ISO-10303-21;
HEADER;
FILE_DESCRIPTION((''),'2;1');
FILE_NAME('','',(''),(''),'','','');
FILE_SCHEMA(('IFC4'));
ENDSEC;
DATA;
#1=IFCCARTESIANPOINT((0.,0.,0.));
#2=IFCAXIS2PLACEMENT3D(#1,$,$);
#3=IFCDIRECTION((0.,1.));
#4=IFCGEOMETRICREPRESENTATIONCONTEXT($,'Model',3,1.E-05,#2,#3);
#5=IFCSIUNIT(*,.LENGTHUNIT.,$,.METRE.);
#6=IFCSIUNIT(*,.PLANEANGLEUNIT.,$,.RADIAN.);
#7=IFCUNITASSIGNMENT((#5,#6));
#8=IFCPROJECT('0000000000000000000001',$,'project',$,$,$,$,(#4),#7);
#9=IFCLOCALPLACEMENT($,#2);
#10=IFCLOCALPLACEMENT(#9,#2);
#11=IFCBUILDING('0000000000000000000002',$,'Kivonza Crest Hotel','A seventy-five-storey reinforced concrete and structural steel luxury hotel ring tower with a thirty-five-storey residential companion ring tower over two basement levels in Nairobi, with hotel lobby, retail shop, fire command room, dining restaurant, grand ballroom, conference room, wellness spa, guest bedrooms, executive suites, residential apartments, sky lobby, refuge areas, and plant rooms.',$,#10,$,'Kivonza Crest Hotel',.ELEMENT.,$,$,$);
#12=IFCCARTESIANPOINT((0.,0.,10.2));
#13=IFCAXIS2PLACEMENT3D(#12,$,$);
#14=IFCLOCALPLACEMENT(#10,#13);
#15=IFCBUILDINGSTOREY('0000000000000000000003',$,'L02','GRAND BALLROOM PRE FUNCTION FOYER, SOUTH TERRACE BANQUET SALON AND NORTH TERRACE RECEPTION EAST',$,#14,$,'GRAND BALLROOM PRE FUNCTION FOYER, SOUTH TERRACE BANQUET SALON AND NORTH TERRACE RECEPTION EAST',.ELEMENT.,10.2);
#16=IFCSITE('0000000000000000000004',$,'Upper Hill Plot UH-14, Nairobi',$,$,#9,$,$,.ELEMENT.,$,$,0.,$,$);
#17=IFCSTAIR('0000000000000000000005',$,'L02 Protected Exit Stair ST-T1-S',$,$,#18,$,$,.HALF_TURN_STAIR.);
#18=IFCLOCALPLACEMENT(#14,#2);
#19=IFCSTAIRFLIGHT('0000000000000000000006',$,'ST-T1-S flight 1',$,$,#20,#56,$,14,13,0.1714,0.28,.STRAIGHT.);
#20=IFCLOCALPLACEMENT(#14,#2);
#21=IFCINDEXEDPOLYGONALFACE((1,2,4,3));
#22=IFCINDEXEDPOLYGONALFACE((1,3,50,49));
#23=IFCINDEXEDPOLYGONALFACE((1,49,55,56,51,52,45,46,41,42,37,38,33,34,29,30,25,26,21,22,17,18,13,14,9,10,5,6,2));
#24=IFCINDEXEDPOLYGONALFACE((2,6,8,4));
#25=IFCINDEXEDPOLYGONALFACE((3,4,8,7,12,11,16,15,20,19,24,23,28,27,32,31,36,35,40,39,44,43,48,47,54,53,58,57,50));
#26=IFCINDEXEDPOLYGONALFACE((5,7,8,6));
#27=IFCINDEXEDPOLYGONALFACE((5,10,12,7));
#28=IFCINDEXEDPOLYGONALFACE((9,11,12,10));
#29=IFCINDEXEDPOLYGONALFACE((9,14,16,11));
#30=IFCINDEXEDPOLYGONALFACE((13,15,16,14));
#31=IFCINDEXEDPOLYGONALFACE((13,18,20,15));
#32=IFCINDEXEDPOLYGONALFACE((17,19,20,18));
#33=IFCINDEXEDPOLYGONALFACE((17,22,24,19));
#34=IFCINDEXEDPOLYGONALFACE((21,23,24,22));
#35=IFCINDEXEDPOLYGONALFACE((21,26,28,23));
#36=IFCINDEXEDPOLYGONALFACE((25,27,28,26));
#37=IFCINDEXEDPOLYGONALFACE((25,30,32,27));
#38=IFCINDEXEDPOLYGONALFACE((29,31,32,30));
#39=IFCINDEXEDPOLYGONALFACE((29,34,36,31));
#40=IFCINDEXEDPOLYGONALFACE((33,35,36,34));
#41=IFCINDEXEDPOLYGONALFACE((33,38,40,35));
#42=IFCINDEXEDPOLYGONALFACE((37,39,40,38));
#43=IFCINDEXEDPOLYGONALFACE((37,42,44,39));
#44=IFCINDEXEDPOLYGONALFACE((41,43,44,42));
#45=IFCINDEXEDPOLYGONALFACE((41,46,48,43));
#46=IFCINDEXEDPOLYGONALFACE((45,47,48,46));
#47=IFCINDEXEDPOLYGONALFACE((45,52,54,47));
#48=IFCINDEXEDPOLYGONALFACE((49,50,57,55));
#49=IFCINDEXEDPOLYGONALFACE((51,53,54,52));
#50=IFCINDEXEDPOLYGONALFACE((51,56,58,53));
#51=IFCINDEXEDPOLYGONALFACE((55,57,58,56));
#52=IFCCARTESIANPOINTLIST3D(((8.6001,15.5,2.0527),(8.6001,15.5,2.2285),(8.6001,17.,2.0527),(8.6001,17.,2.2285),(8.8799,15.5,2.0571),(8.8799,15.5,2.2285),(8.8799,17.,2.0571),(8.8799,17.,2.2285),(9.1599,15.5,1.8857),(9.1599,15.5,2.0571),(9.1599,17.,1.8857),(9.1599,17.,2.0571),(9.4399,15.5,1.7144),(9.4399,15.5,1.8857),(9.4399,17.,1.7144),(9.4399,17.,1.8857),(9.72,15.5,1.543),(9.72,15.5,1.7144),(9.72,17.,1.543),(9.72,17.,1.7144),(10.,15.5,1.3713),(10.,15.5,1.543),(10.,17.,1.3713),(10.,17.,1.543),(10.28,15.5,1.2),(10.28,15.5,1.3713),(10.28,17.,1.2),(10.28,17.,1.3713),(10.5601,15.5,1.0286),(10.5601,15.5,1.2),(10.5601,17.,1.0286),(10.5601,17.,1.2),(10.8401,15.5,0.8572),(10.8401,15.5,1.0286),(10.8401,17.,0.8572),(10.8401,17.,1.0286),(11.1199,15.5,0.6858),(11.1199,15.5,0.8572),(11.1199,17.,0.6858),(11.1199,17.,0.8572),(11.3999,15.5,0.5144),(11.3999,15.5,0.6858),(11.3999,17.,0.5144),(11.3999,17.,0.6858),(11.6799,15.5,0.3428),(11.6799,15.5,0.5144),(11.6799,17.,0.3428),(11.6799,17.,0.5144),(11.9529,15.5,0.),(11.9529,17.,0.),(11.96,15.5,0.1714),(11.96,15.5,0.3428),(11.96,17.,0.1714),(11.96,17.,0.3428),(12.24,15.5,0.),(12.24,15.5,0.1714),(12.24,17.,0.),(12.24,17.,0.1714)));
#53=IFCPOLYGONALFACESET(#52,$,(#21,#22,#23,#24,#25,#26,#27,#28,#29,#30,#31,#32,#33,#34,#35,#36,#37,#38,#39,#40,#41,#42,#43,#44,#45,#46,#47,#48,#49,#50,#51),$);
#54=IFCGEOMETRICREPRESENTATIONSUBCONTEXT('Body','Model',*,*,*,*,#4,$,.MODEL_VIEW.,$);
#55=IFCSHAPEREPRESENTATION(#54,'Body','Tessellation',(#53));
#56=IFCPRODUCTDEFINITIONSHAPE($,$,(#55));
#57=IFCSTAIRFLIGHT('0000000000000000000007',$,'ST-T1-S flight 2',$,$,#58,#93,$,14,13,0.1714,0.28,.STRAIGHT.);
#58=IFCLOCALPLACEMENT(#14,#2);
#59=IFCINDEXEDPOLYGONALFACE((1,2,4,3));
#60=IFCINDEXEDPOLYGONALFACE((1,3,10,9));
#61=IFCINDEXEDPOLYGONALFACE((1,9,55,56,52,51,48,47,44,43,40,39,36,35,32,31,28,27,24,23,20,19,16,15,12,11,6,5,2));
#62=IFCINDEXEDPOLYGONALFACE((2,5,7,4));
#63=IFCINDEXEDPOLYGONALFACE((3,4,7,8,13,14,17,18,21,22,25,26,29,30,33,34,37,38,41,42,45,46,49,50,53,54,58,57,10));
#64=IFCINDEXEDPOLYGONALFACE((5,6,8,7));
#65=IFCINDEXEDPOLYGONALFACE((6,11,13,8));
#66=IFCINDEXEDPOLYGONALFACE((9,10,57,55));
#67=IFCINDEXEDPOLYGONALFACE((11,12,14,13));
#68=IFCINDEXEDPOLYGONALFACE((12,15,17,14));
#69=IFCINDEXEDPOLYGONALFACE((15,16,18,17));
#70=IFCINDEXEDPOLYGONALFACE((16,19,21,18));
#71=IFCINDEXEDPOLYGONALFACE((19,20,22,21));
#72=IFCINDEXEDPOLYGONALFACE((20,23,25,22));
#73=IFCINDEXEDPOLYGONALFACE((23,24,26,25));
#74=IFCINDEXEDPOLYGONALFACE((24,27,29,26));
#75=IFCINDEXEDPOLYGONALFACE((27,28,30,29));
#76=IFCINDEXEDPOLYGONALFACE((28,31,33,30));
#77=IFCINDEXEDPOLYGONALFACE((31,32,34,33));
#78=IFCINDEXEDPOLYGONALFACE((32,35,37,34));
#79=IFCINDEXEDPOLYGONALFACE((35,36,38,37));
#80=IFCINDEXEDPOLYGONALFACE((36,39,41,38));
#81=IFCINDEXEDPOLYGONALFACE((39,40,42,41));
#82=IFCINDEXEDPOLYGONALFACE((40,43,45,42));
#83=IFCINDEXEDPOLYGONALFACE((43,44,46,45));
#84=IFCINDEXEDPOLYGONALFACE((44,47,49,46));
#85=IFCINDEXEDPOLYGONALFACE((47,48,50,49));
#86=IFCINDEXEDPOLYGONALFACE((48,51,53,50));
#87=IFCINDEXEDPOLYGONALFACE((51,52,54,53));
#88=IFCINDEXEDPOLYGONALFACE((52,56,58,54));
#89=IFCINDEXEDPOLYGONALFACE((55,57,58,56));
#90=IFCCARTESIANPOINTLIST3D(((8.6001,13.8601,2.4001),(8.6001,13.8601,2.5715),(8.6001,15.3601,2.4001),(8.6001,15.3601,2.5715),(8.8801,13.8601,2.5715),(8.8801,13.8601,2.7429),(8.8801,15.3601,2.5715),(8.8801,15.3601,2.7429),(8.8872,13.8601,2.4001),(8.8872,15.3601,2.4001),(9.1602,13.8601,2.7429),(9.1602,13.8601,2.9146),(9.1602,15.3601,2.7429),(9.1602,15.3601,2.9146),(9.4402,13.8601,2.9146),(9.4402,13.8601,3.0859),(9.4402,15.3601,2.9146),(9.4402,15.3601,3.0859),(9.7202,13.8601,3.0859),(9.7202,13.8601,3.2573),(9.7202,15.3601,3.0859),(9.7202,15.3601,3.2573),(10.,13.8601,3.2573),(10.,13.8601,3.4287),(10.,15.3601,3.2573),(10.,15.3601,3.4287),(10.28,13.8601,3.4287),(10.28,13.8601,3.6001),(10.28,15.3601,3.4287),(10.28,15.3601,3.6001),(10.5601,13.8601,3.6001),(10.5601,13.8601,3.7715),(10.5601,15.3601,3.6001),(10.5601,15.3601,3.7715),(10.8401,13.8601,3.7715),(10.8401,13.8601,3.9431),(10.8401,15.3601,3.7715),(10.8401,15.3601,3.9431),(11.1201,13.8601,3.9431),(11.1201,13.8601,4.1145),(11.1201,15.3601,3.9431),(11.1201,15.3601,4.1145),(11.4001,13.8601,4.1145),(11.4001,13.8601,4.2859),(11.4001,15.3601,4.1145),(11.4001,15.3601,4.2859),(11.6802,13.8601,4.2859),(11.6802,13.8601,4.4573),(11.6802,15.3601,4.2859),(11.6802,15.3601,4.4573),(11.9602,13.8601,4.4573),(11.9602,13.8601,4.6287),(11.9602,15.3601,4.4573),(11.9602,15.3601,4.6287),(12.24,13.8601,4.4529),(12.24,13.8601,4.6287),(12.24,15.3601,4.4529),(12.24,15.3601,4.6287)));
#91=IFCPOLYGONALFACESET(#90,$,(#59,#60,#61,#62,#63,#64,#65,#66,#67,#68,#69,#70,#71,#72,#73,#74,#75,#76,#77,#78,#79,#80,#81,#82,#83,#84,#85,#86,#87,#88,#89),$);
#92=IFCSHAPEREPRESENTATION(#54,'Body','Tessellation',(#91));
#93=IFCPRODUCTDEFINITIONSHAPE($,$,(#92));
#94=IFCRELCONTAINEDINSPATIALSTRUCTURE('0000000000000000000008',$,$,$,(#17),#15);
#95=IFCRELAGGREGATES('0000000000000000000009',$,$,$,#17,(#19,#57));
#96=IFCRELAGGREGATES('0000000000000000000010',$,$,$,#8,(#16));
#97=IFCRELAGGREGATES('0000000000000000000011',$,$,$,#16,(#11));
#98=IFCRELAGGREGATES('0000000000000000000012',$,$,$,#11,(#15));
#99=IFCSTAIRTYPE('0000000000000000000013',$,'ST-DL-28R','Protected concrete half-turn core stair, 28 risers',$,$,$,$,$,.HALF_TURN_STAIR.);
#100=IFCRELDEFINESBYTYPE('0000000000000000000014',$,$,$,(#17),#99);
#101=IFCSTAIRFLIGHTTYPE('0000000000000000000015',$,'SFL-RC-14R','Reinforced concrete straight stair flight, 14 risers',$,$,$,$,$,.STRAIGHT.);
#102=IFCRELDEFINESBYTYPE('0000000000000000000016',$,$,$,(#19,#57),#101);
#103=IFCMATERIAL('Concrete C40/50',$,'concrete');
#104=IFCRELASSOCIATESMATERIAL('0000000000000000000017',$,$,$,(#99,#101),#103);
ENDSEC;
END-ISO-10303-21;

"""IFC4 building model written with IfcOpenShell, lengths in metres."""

from ifc_helpers import new_model, si_unit, direction, frame, origin, place, context, subcontext, project, spatial, polyline, outline, extrude, material, type_object, element, aggregate, save


model = new_model("IFC4")

# Units and contexts
model_context = context("Model", 3, precision=1e-05, world=origin(), true_north=direction((0.0, 1.0)))
body_context = subcontext(model_context, "Body", "Model", "MODEL_VIEW")
ifc_project = project(units=[si_unit("LENGTHUNIT", "METRE"), si_unit("PLANEANGLEUNIT", "RADIAN")], contexts=[model_context])

# Site, building, storey
site_placement = place(None, origin())
site = spatial("IfcSite", under=ifc_project, at=site_placement, Name="Upper Hill Plot UH-14, Nairobi", CompositionType="ELEMENT", RefElevation=0.0)
building_placement = place(site_placement, origin())
building = spatial("IfcBuilding", under=site, at=building_placement, Name="Kivonza Crest Hotel", Description="A seventy-five-storey reinforced concrete and structural steel luxury hotel ring tower with a thirty-five-storey residential companion ring tower over two basement levels in Nairobi, with hotel lobby, retail shop, fire command room, dining restaurant, grand ballroom, conference room, wellness spa, guest bedrooms, executive suites, residential apartments, sky lobby, refuge areas, and plant rooms.", LongName="Kivonza Crest Hotel", CompositionType="ELEMENT")
storey_placement = place(building_placement, frame((0.0, 0.0, 10.2)))
storey = spatial("IfcBuildingStorey", under=building, at=storey_placement, Name="L02", Description="GRAND BALLROOM PRE FUNCTION FOYER, SOUTH TERRACE BANQUET SALON AND NORTH TERRACE RECEPTION EAST", LongName="GRAND BALLROOM PRE FUNCTION FOYER, SOUTH TERRACE BANQUET SALON AND NORTH TERRACE RECEPTION EAST", CompositionType="ELEMENT", Elevation=10.2)

# Stair, stair flights
ifc_material_1 = material(Name="Concrete C40/50", Category="concrete")
stair_type = type_object("IfcStairType", Name="ST-DL-28R", Description="Protected concrete half-turn core stair, 28 risers", PredefinedType="HALF_TURN_STAIR", material=ifc_material_1)
stair_placement = place(storey_placement, origin())
stair = element("IfcStair", 1, at=stair_placement, inside=storey, type_object=stair_type, Name="L02 Protected Exit Stair ST-T1-S", PredefinedType="HALF_TURN_STAIR")
stair_flight_type = type_object("IfcStairFlightType", Name="SFL-RC-14R", Description="Reinforced concrete straight stair flight, 14 risers", PredefinedType="STRAIGHT", material=ifc_material_1)
stair_flight_1_placement = place(storey_placement, frame((12.24, 16.25, 0.0), z_axis=(0.0, 0.0, 1.0), x_axis=(-1.0, 0.0, 0.0)))
stair_flight_1 = element("IfcStairFlight", 2, at=stair_flight_1_placement, type_object=stair_flight_type, Name="ST-T1-S flight 1", NumberOfRisers=14, NumberOfTreads=13, PredefinedType="STRAIGHT", RiserHeight=0.1714, TreadLength=0.28, context=body_context, shape_type="SweptSolid", body=[
    extrude(outline(polyline([(0.0, 0.0), (0.0, 0.1714), (0.28, 0.1714), (0.28, 0.3428), (0.5601, 0.3428), (0.5601, 0.5144), (0.8401, 0.5144), (0.8401, 0.6858), (1.1201, 0.6858), (1.1201, 0.8572), (1.3999, 0.8572), (1.3999, 1.0286), (1.6799, 1.0286), (1.6799, 1.2), (1.96, 1.2), (1.96, 1.3713), (2.24, 1.3713), (2.24, 1.543), (2.52, 1.543), (2.52, 1.7144), (2.8, 1.7144), (2.8, 1.8857), (3.0801, 1.8857), (3.0801, 2.0571), (3.3601, 2.0571), (3.3601, 2.2285), (3.6399, 2.2285), (3.6399, 2.3999), (3.6399, 2.0527), (0.2871, 0.0), (0.0, 0.0)])), frame((0.0, 0.75, 0.0), z_axis=(0.0, -1.0, 0.0), x_axis=(1.0, 0.0, 0.0)), (0.0, 0.0, 1.0), 1.5),
])
stair_flight_2_placement = place(storey_placement, frame((8.6001, 14.6101, 2.4001), z_axis=(0.0, 0.0, 1.0), x_axis=(1.0, 0.0, 0.0)))
stair_flight_2 = element("IfcStairFlight", 3, at=stair_flight_2_placement, type_object=stair_flight_type, Name="ST-T1-S flight 2", NumberOfRisers=14, NumberOfTreads=13, PredefinedType="STRAIGHT", RiserHeight=0.1714, TreadLength=0.28, context=body_context, shape_type="SweptSolid", body=[
    extrude(outline(polyline([(0.0, 0.0), (0.0, 0.1714), (0.28, 0.1714), (0.28, 0.3428), (0.5601, 0.3428), (0.5601, 0.5144), (0.8401, 0.5144), (0.8401, 0.6858), (1.1201, 0.6858), (1.1201, 0.8572), (1.3999, 0.8572), (1.3999, 1.0286), (1.6799, 1.0286), (1.6799, 1.2), (1.96, 1.2), (1.96, 1.3713), (2.24, 1.3713), (2.24, 1.543), (2.52, 1.543), (2.52, 1.7144), (2.8, 1.7144), (2.8, 1.8857), (3.0801, 1.8857), (3.0801, 2.0571), (3.3601, 2.0571), (3.3601, 2.2285), (3.6399, 2.2285), (3.6399, 2.3999), (3.6399, 2.0527), (0.2871, 0.0), (0.0, 0.0)])), frame((0.0, 0.75, 0.0), z_axis=(0.0, -1.0, 0.0), x_axis=(1.0, 0.0, 0.0)), (0.0, 0.0, 1.0), 1.5),
])
aggregate(stair, [stair_flight_1, stair_flight_2])

save(model, "model.ifc")
